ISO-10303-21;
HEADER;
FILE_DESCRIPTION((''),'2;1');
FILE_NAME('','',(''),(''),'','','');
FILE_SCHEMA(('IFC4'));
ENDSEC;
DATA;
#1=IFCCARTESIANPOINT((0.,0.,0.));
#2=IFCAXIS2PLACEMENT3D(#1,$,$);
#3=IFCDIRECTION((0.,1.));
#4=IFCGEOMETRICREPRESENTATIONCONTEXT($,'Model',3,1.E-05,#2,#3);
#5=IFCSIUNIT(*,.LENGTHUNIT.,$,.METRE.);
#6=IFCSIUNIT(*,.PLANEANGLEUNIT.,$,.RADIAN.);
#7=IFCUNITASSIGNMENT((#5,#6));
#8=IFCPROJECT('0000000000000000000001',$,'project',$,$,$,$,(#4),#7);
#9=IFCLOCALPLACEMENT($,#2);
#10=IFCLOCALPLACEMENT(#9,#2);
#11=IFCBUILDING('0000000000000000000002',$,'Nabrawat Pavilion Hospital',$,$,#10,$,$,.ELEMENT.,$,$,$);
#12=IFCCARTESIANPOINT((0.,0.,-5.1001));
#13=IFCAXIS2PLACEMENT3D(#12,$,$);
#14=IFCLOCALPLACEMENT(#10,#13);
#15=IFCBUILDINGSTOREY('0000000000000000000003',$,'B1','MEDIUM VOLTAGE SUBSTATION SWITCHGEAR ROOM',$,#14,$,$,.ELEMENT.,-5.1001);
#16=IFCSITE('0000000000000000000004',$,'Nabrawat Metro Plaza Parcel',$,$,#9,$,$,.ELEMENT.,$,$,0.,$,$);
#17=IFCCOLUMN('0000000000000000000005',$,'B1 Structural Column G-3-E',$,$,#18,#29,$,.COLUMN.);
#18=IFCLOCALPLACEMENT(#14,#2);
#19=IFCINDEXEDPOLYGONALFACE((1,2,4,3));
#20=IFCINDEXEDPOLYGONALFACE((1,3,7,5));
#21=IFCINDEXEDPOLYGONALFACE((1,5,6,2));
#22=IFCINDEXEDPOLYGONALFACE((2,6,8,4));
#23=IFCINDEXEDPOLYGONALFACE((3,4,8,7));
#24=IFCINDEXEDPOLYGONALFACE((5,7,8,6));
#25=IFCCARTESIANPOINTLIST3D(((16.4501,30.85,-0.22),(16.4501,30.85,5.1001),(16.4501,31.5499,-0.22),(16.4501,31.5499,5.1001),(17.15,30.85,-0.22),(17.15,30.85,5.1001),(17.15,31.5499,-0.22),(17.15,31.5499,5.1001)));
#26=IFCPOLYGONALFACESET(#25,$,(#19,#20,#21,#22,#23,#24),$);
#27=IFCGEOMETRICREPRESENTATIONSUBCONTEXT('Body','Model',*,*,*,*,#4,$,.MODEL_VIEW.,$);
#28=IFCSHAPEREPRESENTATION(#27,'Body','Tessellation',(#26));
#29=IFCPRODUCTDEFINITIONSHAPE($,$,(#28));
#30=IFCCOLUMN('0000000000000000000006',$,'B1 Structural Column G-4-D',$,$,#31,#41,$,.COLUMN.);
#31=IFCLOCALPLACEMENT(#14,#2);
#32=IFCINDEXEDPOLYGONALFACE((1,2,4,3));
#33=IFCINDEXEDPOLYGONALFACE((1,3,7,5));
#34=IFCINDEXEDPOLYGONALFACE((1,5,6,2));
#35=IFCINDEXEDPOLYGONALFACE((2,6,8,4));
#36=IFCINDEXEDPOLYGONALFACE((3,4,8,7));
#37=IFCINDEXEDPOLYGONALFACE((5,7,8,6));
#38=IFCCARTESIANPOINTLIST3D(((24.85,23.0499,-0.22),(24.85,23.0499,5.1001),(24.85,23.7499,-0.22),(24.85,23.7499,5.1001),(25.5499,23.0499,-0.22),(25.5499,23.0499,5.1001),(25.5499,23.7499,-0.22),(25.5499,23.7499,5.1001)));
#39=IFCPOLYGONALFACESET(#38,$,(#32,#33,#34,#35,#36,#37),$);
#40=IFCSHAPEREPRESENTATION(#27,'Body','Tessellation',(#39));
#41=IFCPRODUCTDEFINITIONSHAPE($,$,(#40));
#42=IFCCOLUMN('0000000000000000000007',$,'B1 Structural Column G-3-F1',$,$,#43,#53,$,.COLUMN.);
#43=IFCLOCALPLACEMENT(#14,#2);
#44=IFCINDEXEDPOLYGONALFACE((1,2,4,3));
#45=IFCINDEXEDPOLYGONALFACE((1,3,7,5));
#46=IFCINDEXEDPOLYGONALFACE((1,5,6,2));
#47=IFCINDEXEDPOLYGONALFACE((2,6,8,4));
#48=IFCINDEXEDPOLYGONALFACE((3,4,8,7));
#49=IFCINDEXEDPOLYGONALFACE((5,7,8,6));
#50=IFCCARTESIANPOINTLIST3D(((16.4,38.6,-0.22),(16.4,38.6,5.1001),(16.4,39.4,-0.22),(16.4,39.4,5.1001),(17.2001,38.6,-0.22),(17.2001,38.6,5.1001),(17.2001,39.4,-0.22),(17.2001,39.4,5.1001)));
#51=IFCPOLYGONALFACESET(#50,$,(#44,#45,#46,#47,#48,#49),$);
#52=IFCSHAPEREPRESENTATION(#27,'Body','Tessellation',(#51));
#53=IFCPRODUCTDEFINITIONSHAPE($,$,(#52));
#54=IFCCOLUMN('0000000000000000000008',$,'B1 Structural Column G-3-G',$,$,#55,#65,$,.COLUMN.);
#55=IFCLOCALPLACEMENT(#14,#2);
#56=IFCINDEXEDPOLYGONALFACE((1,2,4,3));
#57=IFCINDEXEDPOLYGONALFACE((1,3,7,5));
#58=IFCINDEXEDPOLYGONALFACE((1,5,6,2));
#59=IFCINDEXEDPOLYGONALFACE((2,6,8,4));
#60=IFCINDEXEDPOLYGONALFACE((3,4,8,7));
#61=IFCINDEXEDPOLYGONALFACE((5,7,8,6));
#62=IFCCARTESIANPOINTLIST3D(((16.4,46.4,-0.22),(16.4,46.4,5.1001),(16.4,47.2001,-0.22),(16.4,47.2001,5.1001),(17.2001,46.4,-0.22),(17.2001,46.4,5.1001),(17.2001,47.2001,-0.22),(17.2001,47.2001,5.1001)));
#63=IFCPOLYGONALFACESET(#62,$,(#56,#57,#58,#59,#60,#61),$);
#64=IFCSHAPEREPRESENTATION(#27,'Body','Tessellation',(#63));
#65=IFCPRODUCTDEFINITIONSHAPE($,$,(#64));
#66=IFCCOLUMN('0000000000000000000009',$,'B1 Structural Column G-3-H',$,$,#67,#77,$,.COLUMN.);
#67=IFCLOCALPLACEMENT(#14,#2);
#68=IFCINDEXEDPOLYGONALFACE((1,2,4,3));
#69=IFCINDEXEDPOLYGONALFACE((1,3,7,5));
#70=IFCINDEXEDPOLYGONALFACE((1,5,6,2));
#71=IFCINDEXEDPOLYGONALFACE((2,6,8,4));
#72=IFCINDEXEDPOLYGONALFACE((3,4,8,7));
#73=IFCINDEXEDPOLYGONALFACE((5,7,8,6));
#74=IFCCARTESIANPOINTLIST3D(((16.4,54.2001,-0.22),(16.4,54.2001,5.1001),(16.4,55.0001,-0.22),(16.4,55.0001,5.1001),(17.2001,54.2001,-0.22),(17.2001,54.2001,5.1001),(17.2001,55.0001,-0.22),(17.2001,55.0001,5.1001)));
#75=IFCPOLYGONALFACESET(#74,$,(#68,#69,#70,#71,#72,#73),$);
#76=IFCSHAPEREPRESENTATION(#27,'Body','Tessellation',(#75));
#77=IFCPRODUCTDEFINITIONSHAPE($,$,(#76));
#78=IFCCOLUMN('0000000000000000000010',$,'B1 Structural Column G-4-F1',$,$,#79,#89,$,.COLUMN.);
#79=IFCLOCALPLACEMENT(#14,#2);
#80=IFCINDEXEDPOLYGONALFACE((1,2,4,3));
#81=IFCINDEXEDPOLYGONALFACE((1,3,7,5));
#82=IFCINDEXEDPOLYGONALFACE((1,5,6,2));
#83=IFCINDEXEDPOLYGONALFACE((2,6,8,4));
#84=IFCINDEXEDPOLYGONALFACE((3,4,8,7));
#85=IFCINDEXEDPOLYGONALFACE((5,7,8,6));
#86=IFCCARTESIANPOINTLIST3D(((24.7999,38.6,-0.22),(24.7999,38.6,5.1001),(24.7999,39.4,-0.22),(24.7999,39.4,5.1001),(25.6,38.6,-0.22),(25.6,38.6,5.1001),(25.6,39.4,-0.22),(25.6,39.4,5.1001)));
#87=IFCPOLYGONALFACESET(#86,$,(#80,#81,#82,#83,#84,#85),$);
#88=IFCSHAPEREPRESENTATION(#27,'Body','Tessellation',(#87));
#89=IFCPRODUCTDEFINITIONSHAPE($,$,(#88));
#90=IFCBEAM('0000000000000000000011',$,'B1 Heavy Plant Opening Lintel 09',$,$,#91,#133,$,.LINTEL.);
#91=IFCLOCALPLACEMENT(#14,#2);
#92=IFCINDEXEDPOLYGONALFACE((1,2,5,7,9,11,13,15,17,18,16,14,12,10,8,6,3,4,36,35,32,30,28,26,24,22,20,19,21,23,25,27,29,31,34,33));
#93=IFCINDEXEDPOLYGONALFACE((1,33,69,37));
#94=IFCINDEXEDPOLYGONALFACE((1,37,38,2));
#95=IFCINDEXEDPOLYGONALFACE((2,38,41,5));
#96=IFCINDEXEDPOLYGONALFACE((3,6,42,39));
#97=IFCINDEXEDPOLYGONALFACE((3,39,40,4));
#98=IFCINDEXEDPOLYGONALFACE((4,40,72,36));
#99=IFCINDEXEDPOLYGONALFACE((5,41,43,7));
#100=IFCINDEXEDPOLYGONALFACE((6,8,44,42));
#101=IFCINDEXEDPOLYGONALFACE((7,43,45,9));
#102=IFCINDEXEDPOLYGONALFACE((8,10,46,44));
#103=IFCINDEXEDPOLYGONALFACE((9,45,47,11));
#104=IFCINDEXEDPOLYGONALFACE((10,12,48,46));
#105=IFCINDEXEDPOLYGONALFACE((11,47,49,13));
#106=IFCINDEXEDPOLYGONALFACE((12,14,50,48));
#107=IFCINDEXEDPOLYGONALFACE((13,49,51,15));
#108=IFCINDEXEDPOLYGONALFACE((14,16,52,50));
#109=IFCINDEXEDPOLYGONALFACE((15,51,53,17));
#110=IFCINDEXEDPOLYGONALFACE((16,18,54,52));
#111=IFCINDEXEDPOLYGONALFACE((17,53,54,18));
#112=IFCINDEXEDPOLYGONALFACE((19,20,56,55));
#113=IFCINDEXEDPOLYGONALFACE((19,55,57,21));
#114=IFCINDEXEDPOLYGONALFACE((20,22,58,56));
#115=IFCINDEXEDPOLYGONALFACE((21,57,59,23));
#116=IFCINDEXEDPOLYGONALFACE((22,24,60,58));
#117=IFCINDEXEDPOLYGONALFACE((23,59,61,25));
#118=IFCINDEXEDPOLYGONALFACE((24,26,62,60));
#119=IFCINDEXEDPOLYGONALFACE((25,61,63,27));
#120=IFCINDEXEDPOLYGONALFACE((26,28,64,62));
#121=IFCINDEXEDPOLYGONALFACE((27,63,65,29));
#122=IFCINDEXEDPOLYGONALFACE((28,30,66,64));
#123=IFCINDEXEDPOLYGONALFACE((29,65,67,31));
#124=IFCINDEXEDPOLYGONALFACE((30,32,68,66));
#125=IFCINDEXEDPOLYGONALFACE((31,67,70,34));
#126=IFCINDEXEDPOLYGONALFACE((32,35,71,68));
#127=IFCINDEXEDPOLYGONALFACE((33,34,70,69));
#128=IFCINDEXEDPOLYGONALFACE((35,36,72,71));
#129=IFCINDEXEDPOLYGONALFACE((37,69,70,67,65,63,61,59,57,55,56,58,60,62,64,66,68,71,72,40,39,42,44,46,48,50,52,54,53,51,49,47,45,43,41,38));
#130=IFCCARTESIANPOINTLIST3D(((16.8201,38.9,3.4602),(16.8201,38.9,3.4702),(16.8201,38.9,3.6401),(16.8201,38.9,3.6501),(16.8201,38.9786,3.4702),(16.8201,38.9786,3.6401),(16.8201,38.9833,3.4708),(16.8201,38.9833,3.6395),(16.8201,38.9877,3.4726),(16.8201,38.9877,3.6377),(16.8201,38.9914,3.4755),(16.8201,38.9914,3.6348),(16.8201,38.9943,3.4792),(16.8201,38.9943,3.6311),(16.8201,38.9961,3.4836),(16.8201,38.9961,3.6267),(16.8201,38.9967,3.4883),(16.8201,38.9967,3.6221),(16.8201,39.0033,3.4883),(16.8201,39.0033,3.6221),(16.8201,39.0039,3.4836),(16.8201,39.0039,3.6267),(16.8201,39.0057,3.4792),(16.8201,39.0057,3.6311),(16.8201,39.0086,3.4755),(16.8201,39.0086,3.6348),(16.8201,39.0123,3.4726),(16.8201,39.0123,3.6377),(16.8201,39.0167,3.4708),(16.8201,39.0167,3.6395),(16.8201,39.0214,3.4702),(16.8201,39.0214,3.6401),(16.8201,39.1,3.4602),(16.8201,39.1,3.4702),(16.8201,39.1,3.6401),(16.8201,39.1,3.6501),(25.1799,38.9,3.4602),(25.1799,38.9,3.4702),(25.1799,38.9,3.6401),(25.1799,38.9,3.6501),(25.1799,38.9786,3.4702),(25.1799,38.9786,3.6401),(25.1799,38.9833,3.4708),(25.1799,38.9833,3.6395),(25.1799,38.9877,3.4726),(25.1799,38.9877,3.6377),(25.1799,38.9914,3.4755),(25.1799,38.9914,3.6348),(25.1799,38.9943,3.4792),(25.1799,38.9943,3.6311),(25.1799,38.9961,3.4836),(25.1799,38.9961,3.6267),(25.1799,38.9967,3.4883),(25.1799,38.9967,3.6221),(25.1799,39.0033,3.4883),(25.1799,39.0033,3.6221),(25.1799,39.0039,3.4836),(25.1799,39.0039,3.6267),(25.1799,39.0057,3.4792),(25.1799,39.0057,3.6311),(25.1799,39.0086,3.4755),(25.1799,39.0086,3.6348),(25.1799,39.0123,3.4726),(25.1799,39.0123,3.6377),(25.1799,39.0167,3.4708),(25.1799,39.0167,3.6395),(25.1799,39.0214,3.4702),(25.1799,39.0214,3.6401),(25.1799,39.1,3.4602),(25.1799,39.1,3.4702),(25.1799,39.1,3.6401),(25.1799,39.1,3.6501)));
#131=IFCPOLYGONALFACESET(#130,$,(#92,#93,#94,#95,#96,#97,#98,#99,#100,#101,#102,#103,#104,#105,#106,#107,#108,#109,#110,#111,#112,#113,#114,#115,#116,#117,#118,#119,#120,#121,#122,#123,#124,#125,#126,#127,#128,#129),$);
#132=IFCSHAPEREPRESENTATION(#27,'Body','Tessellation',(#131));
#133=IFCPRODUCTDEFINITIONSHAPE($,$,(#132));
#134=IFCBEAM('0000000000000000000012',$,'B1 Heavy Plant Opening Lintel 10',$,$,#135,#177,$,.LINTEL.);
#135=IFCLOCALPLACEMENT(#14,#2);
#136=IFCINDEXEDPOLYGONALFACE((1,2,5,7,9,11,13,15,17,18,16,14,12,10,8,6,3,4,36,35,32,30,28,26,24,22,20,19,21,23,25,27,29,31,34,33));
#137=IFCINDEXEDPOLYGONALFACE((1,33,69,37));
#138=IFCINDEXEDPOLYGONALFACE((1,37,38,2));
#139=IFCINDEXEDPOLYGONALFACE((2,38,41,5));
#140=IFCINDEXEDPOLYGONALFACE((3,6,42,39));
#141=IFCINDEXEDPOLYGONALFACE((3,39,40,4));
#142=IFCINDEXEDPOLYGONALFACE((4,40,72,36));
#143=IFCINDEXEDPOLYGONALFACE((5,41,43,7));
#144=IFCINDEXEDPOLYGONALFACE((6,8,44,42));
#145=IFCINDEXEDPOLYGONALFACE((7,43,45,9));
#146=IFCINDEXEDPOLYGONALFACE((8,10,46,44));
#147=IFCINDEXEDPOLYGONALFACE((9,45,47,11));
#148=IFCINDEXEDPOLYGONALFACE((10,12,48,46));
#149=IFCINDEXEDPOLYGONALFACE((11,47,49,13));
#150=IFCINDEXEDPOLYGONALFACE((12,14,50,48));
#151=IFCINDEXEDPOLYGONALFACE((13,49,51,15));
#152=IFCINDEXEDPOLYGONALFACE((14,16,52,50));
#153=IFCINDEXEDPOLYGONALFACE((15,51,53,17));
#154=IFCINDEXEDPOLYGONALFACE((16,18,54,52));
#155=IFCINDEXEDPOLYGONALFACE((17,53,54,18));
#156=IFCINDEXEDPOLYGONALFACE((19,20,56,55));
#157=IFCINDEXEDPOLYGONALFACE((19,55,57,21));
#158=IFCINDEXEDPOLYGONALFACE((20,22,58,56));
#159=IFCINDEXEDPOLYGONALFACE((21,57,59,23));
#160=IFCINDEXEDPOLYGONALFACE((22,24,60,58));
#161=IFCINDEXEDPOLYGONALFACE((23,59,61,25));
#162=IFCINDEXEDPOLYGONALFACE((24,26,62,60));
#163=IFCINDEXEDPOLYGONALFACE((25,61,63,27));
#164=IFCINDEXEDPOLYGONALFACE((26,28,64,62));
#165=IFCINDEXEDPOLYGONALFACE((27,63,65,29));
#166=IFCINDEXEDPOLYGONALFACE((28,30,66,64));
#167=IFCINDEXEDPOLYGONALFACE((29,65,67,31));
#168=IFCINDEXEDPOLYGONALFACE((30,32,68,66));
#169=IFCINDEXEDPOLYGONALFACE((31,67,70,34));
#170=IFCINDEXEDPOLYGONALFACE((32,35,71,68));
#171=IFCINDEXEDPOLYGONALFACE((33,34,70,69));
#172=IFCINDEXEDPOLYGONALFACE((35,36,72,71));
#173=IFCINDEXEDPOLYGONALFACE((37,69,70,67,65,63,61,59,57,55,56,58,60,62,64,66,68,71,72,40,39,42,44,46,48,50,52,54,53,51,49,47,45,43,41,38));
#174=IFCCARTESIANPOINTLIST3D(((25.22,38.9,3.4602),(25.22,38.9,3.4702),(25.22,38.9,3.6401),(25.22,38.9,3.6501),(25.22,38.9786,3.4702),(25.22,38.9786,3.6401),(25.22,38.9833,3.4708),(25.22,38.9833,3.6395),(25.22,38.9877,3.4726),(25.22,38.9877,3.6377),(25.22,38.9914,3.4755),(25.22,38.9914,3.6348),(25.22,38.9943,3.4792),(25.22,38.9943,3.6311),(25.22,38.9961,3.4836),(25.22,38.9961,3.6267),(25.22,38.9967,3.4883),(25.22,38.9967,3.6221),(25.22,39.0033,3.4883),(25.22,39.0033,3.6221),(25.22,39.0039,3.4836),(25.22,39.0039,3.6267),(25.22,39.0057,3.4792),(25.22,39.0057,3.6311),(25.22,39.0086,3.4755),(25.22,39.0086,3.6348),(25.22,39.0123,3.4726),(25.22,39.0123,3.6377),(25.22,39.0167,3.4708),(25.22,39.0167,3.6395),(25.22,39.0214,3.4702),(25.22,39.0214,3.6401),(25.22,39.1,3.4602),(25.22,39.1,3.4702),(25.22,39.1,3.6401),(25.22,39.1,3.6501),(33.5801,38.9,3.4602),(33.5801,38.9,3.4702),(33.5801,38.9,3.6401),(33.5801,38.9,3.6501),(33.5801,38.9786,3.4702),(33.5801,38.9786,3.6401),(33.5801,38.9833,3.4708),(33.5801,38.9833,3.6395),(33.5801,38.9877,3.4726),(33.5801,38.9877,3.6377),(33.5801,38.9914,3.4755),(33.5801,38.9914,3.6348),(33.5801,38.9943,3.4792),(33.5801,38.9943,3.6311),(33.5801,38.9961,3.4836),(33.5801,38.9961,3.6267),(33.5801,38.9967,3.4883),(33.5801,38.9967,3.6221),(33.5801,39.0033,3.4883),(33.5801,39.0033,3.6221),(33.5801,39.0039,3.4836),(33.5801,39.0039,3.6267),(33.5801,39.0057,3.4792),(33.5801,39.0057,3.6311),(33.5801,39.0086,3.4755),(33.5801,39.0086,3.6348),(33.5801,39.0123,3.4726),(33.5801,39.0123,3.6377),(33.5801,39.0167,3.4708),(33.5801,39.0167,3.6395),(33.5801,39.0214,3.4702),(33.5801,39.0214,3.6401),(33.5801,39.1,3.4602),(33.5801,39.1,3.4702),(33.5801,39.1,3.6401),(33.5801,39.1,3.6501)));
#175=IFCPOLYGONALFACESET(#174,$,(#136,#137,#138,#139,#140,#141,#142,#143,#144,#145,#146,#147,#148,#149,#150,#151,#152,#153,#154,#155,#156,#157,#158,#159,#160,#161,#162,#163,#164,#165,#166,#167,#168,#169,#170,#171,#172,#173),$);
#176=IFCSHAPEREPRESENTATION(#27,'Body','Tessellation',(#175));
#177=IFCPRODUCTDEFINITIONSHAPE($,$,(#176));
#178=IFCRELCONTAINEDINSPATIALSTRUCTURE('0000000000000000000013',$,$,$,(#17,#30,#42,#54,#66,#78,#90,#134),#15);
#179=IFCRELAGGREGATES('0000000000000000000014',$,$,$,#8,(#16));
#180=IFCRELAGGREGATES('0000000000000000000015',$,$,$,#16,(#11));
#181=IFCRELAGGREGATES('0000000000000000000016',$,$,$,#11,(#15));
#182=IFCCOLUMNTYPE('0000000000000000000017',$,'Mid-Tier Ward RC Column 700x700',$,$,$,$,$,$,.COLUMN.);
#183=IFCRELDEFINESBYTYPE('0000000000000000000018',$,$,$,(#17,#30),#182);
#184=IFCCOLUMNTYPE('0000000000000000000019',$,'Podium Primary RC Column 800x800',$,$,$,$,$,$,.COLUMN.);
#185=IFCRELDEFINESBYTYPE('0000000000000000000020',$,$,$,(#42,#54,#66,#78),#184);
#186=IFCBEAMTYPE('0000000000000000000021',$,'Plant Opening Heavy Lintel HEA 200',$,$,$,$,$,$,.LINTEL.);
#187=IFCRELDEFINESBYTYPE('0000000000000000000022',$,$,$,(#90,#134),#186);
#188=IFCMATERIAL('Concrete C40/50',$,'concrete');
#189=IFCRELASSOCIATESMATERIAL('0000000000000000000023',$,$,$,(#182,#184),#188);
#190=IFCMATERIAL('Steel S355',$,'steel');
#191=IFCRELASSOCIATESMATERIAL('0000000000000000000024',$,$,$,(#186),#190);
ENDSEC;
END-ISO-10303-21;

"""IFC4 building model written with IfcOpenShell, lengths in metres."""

from ifc_helpers import new_model, si_unit, direction, frame, origin, origin_2d, place, context, subcontext, project, spatial, rectangle, i_section, extrude, material, material_profile, profile_set, type_object, element, save


model = new_model("IFC4")

# Units and contexts
model_context = context("Model", 3, precision=1e-05, world=origin(), true_north=direction((0.0, 1.0)))
body_context = subcontext(model_context, "Body", "Model", "MODEL_VIEW")
ifc_project = project(units=[si_unit("LENGTHUNIT", "METRE"), si_unit("PLANEANGLEUNIT", "RADIAN")], contexts=[model_context])

# Site, building, storey
site_placement = place(None, origin())
site = spatial("IfcSite", under=ifc_project, at=site_placement, Name="Nabrawat Metro Plaza Parcel", CompositionType="ELEMENT", RefElevation=0.0)
building_placement = place(site_placement, origin())
building = spatial("IfcBuilding", under=site, at=building_placement, Name="Nabrawat Pavilion Hospital", CompositionType="ELEMENT")
storey_placement = place(building_placement, frame((0.0, 0.0, -5.1001)))
storey = spatial("IfcBuildingStorey", under=building, at=storey_placement, Name="B1", Description="MEDIUM VOLTAGE SUBSTATION SWITCHGEAR ROOM", CompositionType="ELEMENT", Elevation=-5.1001)

# Columns
ifc_material_1 = material(Name="Concrete C40/50", Category="concrete")
ifc_material_profile_1 = material_profile(ifc_material_1, rectangle(XDim=0.7, YDim=0.7, at=origin_2d()), Name="RC 700x700")
ifc_profile_set_1 = profile_set([ifc_material_profile_1], Name="Concrete C40/50")
column_type_1 = type_object("IfcColumnType", Name="Mid-Tier Ward RC Column 700x700", PredefinedType="COLUMN", material=ifc_profile_set_1)
for number, where, z_axis, x_axis, name in (
    (1, (16.8, 31.2, -0.22), (0.0, 0.0, 1.0), (1.0, 0.0, 0.0), "B1 Structural Column G-3-E"),
    (2, (25.2, 23.3999, -0.22), (0.0, 0.0, 1.0), (1.0, 0.0, 0.0), "B1 Structural Column G-4-D"),
):
    element("IfcColumn", number, at=place(storey_placement, frame(where, z_axis=z_axis, x_axis=x_axis)), inside=storey, type_object=column_type_1, Name=name, PredefinedType="COLUMN", context=body_context, shape_type="SweptSolid", body=[
        extrude(rectangle(XDim=0.7, YDim=0.7, at=origin_2d()), origin(), (0.0, 0.0, 1.0), 5.3201),
    ])
ifc_material_profile_2 = material_profile(ifc_material_1, rectangle(XDim=0.8, YDim=0.8, at=origin_2d()), Name="RC 800x800")
ifc_profile_set_2 = profile_set([ifc_material_profile_2], Name="Concrete C40/50")
column_type_2 = type_object("IfcColumnType", Name="Podium Primary RC Column 800x800", PredefinedType="COLUMN", material=ifc_profile_set_2)
for number, where, z_axis, x_axis, name in (
    (3, (16.8, 39.0, -0.22), (0.0, 0.0, 1.0), (1.0, 0.0, 0.0), "B1 Structural Column G-3-F1"),
    (4, (16.8, 46.8, -0.22), (0.0, 0.0, 1.0), (1.0, 0.0, 0.0), "B1 Structural Column G-3-G"),
    (5, (16.8, 54.6001, -0.22), (0.0, 0.0, 1.0), (1.0, 0.0, 0.0), "B1 Structural Column G-3-H"),
    (6, (25.2, 39.0, -0.22), (0.0, 0.0, 1.0), (1.0, 0.0, 0.0), "B1 Structural Column G-4-F1"),
):
    element("IfcColumn", number, at=place(storey_placement, frame(where, z_axis=z_axis, x_axis=x_axis)), inside=storey, type_object=column_type_2, Name=name, PredefinedType="COLUMN", context=body_context, shape_type="SweptSolid", body=[
        extrude(rectangle(XDim=0.8, YDim=0.8, at=origin_2d()), origin(), (0.0, 0.0, 1.0), 5.3201),
    ])

# Beams
ifc_material_2 = material(Name="Steel S355", Category="steel")
ifc_material_profile_3 = material_profile(ifc_material_2, i_section(OverallWidth=0.2, OverallDepth=0.1899, WebThickness=0.0066, FlangeThickness=0.01, FilletRadius=0.0181, at=origin_2d()), Name="HEA 200")
ifc_profile_set_3 = profile_set([ifc_material_profile_3], Name="Steel S355")
beam_type = type_object("IfcBeamType", Name="Plant Opening Heavy Lintel HEA 200", PredefinedType="LINTEL", material=ifc_profile_set_3)
beam_1_placement = place(storey_placement, frame((16.8201, 39.0, 3.5552), z_axis=(1.0, 0.0, 0.0), x_axis=(0.0, 1.0, 0.0)))
element("IfcBeam", 7, at=beam_1_placement, inside=storey, type_object=beam_type, Name="B1 Heavy Plant Opening Lintel 09", PredefinedType="LINTEL", context=body_context, shape_type="SweptSolid", body=[
    extrude(i_section(OverallWidth=0.2, OverallDepth=0.1899, WebThickness=0.0066, FlangeThickness=0.01, FilletRadius=0.0181, at=origin_2d()), origin(), (0.0, 0.0, 1.0), 8.3599),
])
beam_2_placement = place(storey_placement, frame((25.22, 39.0, 3.5552), z_axis=(1.0, 0.0, 0.0), x_axis=(0.0, 1.0, 0.0)))
element("IfcBeam", 8, at=beam_2_placement, inside=storey, type_object=beam_type, Name="B1 Heavy Plant Opening Lintel 10", PredefinedType="LINTEL", context=body_context, shape_type="SweptSolid", body=[
    extrude(i_section(OverallWidth=0.2, OverallDepth=0.1899, WebThickness=0.0066, FlangeThickness=0.01, FilletRadius=0.0181, at=origin_2d()), origin(), (0.0, 0.0, 1.0), 8.3601),
])

save(model, "model.ifc")
